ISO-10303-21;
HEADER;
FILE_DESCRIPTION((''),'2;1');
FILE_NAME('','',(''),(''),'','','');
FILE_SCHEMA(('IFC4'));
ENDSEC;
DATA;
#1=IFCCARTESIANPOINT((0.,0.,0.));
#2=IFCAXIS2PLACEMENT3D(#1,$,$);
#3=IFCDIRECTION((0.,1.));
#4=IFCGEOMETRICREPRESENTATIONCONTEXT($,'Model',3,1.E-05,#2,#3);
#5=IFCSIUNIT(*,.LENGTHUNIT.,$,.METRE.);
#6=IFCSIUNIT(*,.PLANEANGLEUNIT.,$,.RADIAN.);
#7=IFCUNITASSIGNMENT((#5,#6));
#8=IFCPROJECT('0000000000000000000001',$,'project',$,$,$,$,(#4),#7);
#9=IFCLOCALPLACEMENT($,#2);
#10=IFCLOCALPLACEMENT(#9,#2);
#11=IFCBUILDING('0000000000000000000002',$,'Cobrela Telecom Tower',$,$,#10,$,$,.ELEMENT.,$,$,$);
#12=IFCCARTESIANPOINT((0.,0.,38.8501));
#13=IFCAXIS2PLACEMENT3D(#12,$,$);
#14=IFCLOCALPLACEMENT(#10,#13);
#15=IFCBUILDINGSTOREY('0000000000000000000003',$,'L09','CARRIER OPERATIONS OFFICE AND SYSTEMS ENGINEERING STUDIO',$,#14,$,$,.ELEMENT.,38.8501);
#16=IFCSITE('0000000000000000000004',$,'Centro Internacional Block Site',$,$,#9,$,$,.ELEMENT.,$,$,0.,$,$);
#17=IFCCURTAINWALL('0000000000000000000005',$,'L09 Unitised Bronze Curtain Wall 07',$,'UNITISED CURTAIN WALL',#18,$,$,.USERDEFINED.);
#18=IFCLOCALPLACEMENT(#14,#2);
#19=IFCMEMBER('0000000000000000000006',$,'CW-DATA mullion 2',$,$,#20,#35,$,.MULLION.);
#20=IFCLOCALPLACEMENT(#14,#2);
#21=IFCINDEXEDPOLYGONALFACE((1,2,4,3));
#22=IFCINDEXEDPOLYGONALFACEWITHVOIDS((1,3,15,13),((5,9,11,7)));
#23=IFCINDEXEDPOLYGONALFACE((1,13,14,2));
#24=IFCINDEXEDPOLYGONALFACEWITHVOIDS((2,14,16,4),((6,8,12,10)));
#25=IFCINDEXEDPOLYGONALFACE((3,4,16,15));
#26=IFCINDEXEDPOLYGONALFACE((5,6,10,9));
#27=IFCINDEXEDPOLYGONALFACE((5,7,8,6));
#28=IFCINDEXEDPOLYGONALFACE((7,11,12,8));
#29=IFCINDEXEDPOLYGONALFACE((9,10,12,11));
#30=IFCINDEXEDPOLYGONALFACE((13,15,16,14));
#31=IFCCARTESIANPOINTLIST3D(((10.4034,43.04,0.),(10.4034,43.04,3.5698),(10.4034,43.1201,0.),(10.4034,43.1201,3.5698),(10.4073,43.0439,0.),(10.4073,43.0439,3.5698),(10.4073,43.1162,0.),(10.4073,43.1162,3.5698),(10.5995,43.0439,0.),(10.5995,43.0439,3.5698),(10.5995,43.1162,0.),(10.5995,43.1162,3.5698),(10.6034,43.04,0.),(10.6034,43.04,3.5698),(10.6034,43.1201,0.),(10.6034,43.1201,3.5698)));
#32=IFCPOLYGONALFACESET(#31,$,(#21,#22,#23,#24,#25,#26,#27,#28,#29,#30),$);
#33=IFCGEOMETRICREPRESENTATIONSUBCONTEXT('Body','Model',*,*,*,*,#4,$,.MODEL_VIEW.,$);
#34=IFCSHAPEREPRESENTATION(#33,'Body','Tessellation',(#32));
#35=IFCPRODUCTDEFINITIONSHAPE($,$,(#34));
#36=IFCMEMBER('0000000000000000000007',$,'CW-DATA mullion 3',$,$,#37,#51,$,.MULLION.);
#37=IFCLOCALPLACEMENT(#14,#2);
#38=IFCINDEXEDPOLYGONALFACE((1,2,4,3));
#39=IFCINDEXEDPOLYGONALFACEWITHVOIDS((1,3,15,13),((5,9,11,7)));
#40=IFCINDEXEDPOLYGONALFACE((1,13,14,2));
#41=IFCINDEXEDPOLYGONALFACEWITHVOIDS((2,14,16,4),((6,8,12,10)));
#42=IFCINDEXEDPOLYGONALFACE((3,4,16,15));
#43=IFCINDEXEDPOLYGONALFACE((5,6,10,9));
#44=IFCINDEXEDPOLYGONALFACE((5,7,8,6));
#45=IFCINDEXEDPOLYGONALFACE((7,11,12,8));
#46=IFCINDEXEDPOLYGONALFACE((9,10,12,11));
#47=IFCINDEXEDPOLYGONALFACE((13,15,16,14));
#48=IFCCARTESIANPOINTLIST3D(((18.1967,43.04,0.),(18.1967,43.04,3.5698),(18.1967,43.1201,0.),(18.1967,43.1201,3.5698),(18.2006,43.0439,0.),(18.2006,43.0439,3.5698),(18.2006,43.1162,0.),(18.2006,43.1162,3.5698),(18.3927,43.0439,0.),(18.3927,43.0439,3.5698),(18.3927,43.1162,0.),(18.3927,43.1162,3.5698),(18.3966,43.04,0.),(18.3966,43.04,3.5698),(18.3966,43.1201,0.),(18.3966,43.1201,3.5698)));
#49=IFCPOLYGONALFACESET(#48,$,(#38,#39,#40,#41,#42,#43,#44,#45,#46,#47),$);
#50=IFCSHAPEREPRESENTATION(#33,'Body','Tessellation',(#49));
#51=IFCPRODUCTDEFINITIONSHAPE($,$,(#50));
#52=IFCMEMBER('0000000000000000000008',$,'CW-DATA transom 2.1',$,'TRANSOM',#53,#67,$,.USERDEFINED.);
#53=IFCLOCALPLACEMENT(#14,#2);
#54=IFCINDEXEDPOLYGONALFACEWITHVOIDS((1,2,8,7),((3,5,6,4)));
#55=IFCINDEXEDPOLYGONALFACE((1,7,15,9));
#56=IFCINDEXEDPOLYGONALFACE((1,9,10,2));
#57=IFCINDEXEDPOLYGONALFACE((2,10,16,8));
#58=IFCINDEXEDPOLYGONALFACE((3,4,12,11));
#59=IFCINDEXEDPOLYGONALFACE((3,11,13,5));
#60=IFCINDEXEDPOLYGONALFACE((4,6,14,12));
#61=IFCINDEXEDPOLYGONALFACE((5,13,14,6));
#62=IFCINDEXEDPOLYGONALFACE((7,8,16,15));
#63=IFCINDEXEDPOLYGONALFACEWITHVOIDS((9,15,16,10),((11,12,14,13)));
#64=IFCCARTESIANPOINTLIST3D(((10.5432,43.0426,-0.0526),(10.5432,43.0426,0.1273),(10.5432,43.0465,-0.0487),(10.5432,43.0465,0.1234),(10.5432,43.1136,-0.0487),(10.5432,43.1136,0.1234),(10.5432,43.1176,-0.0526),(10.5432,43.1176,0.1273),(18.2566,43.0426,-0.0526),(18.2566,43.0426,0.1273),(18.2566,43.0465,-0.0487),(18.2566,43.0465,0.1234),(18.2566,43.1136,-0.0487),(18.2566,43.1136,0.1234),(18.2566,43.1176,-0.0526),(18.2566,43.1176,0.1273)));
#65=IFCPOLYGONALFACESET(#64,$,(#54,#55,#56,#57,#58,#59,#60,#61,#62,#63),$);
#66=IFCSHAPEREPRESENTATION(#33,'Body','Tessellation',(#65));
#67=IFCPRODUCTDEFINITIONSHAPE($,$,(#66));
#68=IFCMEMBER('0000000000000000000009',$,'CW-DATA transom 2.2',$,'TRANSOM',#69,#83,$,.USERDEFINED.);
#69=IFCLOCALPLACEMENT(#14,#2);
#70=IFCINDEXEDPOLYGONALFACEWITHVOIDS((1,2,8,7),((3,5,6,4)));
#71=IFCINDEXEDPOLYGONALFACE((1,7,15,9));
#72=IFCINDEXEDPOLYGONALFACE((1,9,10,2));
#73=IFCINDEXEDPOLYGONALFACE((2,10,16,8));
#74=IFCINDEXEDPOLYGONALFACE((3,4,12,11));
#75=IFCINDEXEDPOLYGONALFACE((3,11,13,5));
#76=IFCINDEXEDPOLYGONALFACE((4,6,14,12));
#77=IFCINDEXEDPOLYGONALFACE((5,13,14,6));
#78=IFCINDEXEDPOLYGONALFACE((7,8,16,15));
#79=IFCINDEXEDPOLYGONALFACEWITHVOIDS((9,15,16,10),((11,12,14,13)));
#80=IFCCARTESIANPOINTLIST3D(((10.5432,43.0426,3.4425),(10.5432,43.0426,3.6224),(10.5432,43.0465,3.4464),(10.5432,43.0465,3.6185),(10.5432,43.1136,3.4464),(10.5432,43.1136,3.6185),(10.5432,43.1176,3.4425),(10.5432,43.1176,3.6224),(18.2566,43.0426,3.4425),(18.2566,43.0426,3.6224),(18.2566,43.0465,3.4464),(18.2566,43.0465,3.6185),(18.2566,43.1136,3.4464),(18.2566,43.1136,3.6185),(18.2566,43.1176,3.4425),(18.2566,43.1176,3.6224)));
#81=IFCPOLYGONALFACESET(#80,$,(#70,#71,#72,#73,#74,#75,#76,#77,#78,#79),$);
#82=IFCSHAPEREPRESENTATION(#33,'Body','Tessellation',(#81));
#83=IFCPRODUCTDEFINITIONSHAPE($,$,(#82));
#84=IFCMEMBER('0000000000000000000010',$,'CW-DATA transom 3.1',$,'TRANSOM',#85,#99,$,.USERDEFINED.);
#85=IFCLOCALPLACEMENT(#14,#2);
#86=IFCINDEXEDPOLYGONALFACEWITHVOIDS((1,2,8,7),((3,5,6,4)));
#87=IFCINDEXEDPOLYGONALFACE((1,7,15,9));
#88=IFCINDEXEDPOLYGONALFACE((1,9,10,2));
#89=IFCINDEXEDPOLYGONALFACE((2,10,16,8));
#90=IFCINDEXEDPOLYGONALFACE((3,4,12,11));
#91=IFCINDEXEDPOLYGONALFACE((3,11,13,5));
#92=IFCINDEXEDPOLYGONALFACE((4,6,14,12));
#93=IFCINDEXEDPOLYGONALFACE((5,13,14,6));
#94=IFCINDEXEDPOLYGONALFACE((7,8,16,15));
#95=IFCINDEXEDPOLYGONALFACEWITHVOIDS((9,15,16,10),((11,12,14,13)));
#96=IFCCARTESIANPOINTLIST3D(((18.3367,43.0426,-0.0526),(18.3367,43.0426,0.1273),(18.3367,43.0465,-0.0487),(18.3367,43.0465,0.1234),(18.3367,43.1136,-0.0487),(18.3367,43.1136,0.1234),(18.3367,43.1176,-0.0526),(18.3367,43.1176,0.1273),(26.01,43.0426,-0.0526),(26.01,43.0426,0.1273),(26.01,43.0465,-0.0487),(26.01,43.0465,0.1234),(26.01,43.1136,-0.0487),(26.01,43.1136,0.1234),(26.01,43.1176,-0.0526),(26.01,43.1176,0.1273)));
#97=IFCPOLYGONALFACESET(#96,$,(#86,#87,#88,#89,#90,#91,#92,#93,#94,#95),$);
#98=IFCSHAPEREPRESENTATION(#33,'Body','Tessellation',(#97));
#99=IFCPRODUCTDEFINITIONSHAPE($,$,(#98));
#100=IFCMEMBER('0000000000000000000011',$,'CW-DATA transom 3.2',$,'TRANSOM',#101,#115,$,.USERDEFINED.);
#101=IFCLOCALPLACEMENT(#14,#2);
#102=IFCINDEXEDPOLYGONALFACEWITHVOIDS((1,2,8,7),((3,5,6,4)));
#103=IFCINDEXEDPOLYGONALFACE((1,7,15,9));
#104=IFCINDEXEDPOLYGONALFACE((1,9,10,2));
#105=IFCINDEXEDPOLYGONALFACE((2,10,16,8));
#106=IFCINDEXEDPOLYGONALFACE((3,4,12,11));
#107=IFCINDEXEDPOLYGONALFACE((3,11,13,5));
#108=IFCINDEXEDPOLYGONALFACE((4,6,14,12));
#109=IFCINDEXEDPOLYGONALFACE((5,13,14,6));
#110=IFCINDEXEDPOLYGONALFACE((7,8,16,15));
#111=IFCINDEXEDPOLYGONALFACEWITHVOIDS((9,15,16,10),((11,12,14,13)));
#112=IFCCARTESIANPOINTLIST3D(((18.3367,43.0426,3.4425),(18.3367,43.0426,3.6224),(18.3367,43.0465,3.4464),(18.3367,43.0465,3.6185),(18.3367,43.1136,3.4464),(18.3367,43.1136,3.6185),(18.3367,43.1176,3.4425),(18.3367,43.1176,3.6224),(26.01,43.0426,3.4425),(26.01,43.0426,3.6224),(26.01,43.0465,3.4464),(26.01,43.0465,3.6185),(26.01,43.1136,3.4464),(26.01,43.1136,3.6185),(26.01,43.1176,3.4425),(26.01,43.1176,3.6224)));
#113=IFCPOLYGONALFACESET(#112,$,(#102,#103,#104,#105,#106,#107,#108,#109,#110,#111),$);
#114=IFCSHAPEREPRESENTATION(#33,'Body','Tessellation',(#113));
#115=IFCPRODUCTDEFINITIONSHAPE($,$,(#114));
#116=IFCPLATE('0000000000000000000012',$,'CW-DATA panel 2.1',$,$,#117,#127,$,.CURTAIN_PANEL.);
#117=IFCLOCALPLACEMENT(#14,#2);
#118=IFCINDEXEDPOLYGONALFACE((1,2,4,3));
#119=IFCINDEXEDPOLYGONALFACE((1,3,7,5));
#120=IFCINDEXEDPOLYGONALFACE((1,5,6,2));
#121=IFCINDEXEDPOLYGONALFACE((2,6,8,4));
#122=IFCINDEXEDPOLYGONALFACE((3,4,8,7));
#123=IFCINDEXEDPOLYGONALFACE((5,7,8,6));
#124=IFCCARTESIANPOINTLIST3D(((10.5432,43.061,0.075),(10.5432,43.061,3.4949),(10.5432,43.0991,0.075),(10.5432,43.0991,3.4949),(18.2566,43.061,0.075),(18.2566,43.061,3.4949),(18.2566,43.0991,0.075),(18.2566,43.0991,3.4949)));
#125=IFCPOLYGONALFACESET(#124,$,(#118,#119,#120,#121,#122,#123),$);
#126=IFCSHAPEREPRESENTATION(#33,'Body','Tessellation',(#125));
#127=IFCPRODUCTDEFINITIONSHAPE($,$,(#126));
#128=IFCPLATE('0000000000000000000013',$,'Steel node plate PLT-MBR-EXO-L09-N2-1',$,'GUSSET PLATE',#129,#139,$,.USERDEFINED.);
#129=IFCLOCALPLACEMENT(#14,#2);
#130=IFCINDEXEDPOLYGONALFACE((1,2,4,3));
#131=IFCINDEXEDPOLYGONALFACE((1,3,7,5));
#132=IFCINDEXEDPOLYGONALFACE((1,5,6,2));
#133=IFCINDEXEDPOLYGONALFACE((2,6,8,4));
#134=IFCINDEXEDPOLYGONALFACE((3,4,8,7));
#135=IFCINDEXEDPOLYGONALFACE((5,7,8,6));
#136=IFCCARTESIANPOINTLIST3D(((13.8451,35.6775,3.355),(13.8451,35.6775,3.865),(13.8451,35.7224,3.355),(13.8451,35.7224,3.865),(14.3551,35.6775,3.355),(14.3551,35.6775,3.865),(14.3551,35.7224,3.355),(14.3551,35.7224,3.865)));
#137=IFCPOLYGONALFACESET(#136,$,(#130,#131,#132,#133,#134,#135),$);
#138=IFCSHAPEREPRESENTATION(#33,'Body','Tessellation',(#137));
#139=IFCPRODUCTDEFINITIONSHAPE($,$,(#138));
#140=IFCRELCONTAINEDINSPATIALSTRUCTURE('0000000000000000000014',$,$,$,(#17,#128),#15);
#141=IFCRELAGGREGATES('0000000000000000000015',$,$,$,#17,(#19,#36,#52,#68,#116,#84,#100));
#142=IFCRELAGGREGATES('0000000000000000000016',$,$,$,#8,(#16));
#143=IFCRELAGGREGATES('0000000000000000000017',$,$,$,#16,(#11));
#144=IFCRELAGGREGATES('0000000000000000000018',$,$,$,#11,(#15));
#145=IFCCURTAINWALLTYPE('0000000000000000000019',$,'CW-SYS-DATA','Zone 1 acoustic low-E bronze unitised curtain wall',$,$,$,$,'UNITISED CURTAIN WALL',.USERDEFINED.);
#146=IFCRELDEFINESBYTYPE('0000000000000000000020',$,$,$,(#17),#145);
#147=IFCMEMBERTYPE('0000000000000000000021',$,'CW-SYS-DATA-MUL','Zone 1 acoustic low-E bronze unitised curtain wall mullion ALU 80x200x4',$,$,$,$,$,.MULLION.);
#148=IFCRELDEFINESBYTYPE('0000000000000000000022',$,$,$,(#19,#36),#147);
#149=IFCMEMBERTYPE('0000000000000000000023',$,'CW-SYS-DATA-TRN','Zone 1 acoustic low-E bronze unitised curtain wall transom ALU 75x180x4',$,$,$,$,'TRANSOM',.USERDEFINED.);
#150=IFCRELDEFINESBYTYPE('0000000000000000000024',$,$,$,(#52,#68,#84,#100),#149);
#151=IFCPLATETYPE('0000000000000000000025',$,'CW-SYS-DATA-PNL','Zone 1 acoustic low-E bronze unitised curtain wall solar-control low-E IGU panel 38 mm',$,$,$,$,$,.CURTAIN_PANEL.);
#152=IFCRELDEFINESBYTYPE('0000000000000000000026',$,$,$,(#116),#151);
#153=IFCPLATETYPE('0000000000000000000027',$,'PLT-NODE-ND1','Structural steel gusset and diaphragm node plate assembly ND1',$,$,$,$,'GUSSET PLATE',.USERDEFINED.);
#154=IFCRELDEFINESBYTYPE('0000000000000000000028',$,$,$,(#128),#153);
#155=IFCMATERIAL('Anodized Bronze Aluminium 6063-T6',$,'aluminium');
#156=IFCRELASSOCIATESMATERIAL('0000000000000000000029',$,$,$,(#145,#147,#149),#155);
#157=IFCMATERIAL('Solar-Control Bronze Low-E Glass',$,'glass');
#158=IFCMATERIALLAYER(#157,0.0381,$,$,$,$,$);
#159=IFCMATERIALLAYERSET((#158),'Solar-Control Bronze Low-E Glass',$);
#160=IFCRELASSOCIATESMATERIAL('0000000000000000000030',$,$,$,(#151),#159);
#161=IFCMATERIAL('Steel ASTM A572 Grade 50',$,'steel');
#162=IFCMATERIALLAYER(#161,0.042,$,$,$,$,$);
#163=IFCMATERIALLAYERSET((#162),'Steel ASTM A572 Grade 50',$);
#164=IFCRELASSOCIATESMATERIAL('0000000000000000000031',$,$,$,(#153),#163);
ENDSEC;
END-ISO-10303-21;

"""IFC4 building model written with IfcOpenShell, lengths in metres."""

from ifc_helpers import new_model, si_unit, direction, frame, origin, origin_2d, place, context, subcontext, project, spatial, rectangle, hollow_rectangle, extrude, material, layer, layer_set, material_profile, profile_set, type_object, element, aggregate, save


model = new_model("IFC4")

# Units and contexts
model_context = context("Model", 3, precision=1e-05, world=origin(), true_north=direction((0.0, 1.0)))
body_context = subcontext(model_context, "Body", "Model", "MODEL_VIEW")
ifc_project = project(units=[si_unit("LENGTHUNIT", "METRE"), si_unit("PLANEANGLEUNIT", "RADIAN")], contexts=[model_context])

# Site, building, storey
site_placement = place(None, origin())
site = spatial("IfcSite", under=ifc_project, at=site_placement, Name="Centro Internacional Block Site", CompositionType="ELEMENT", RefElevation=0.0)
building_placement = place(site_placement, origin())
building = spatial("IfcBuilding", under=site, at=building_placement, Name="Cobrela Telecom Tower", CompositionType="ELEMENT")
storey_placement = place(building_placement, frame((0.0, 0.0, 38.8501)))
storey = spatial("IfcBuildingStorey", under=building, at=storey_placement, Name="L09", Description="CARRIER OPERATIONS OFFICE AND SYSTEMS ENGINEERING STUDIO", CompositionType="ELEMENT", Elevation=38.8501)

# Shared definitions
ifc_material_1 = material(Name="Steel ASTM A572 Grade 50", Category="steel")

# Curtain wall, members, plate
ifc_material_2 = material(Name="Anodized Bronze Aluminium 6063-T6", Category="aluminium")
curtain_wall_type = type_object("IfcCurtainWallType", Name="CW-SYS-DATA", Description="Zone 1 acoustic low-E bronze unitised curtain wall", ElementType="UNITISED CURTAIN WALL", PredefinedType="USERDEFINED", material=ifc_material_2)
curtain_wall_placement = place(storey_placement, origin())
curtain_wall = element("IfcCurtainWall", 1, at=curtain_wall_placement, inside=storey, type_object=curtain_wall_type, Name="L09 Unitised Bronze Curtain Wall 07", ObjectType="UNITISED CURTAIN WALL", PredefinedType="USERDEFINED")
ifc_material_profile_1 = material_profile(ifc_material_2, hollow_rectangle(XDim=0.0801, YDim=0.2, WallThickness=0.0039, at=origin_2d()), Name="ALU 80x200x4")
ifc_profile_set_1 = profile_set([ifc_material_profile_1], Name="Anodized Bronze Aluminium 6063-T6")
member_type_1 = type_object("IfcMemberType", Name="CW-SYS-DATA-MUL", Description="Zone 1 acoustic low-E bronze unitised curtain wall mullion ALU 80x200x4", PredefinedType="MULLION", material=ifc_profile_set_1)
member_1_placement = place(storey_placement, frame((10.5034, 43.0801, 0.0), z_axis=(0.0, 0.0, 1.0), x_axis=(0.0, 1.0, 0.0)))
member_1 = element("IfcMember", 2, at=member_1_placement, type_object=member_type_1, Name="CW-DATA mullion 2", PredefinedType="MULLION", context=body_context, shape_type="SweptSolid", body=[
    extrude(hollow_rectangle(XDim=0.0801, YDim=0.2, WallThickness=0.0039, at=origin_2d()), origin(), (0.0, 0.0, 1.0), 3.5698),
])
member_2_placement = place(storey_placement, frame((18.2966, 43.0801, 0.0), z_axis=(0.0, 0.0, 1.0), x_axis=(0.0, 1.0, 0.0)))
member_2 = element("IfcMember", 3, at=member_2_placement, type_object=member_type_1, Name="CW-DATA mullion 3", PredefinedType="MULLION", context=body_context, shape_type="SweptSolid", body=[
    extrude(hollow_rectangle(XDim=0.0801, YDim=0.2, WallThickness=0.0039, at=origin_2d()), origin(), (0.0, 0.0, 1.0), 3.5698),
])
ifc_material_profile_2 = material_profile(ifc_material_2, hollow_rectangle(XDim=0.075, YDim=0.1799, WallThickness=0.0039, at=origin_2d()), Name="ALU 75x180x4")
ifc_profile_set_2 = profile_set([ifc_material_profile_2], Name="Anodized Bronze Aluminium 6063-T6")
member_type_2 = type_object("IfcMemberType", Name="CW-SYS-DATA-TRN", Description="Zone 1 acoustic low-E bronze unitised curtain wall transom ALU 75x180x4", ElementType="TRANSOM", PredefinedType="USERDEFINED", material=ifc_profile_set_2)
member_3_placement = place(storey_placement, frame((10.5432, 43.0801, 0.0374), z_axis=(1.0, 0.0, 0.0), x_axis=(0.0, 1.0, 0.0)))
member_3 = element("IfcMember", 4, at=member_3_placement, type_object=member_type_2, Name="CW-DATA transom 2.1", ObjectType="TRANSOM", PredefinedType="USERDEFINED", context=body_context, shape_type="SweptSolid", body=[
    extrude(hollow_rectangle(XDim=0.075, YDim=0.1799, WallThickness=0.0039, at=origin_2d()), origin(), (0.0, 0.0, 1.0), 7.7134),
])
member_4_placement = place(storey_placement, frame((10.5432, 43.0801, 3.5325), z_axis=(1.0, 0.0, 0.0), x_axis=(0.0, 1.0, 0.0)))
member_4 = element("IfcMember", 5, at=member_4_placement, type_object=member_type_2, Name="CW-DATA transom 2.2", ObjectType="TRANSOM", PredefinedType="USERDEFINED", context=body_context, shape_type="SweptSolid", body=[
    extrude(hollow_rectangle(XDim=0.075, YDim=0.1799, WallThickness=0.0039, at=origin_2d()), origin(), (0.0, 0.0, 1.0), 7.7134),
])
member_5_placement = place(storey_placement, frame((18.3367, 43.0801, 0.0374), z_axis=(1.0, 0.0, 0.0), x_axis=(0.0, 1.0, 0.0)))
member_5 = element("IfcMember", 6, at=member_5_placement, type_object=member_type_2, Name="CW-DATA transom 3.1", ObjectType="TRANSOM", PredefinedType="USERDEFINED", context=body_context, shape_type="SweptSolid", body=[
    extrude(hollow_rectangle(XDim=0.075, YDim=0.1799, WallThickness=0.0039, at=origin_2d()), origin(), (0.0, 0.0, 1.0), 7.6733),
])
member_6_placement = place(storey_placement, frame((18.3367, 43.0801, 3.5325), z_axis=(1.0, 0.0, 0.0), x_axis=(0.0, 1.0, 0.0)))
member_6 = element("IfcMember", 7, at=member_6_placement, type_object=member_type_2, Name="CW-DATA transom 3.2", ObjectType="TRANSOM", PredefinedType="USERDEFINED", context=body_context, shape_type="SweptSolid", body=[
    extrude(hollow_rectangle(XDim=0.075, YDim=0.1799, WallThickness=0.0039, at=origin_2d()), origin(), (0.0, 0.0, 1.0), 7.6733),
])
ifc_material_3 = material(Name="Solar-Control Bronze Low-E Glass", Category="glass")
ifc_layer_1 = layer(ifc_material_3, 0.0381)
ifc_layer_set_1 = layer_set([ifc_layer_1], Name="Solar-Control Bronze Low-E Glass")
plate_type_1 = type_object("IfcPlateType", Name="CW-SYS-DATA-PNL", Description="Zone 1 acoustic low-E bronze unitised curtain wall solar-control low-E IGU panel 38 mm", PredefinedType="CURTAIN_PANEL", material=ifc_layer_set_1)
plate_1_placement = place(storey_placement, frame((14.3999, 43.0801, 0.075), z_axis=(0.0, 0.0, 1.0), x_axis=(1.0, 0.0, 0.0)))
plate_1 = element("IfcPlate", 8, at=plate_1_placement, type_object=plate_type_1, Name="CW-DATA panel 2.1", PredefinedType="CURTAIN_PANEL", context=body_context, shape_type="SweptSolid", body=[
    extrude(rectangle(XDim=7.7134, YDim=0.0381, at=origin_2d()), origin(), (0.0, 0.0, 1.0), 3.4199),
])
aggregate(curtain_wall, [member_1, member_2, member_3, member_4, plate_1, member_5, member_6])

# Plate
ifc_layer_2 = layer(ifc_material_1, 0.042)
ifc_layer_set_2 = layer_set([ifc_layer_2], Name="Steel ASTM A572 Grade 50")
plate_type_2 = type_object("IfcPlateType", Name="PLT-NODE-ND1", Description="Structural steel gusset and diaphragm node plate assembly ND1", ElementType="GUSSET PLATE", PredefinedType="USERDEFINED", material=ifc_layer_set_2)
plate_2_placement = place(storey_placement, frame((14.1001, 35.7, 3.355), z_axis=(0.0, 0.0, 1.0), x_axis=(1.0, 0.0, 0.0)))
element("IfcPlate", 9, at=plate_2_placement, inside=storey, type_object=plate_type_2, Name="Steel node plate PLT-MBR-EXO-L09-N2-1", ObjectType="GUSSET PLATE", PredefinedType="USERDEFINED", context=body_context, shape_type="SweptSolid", body=[
    extrude(rectangle(XDim=0.51, YDim=0.0449, at=origin_2d()), origin(), (0.0, 0.0, 1.0), 0.51),
])

save(model, "model.ifc")
